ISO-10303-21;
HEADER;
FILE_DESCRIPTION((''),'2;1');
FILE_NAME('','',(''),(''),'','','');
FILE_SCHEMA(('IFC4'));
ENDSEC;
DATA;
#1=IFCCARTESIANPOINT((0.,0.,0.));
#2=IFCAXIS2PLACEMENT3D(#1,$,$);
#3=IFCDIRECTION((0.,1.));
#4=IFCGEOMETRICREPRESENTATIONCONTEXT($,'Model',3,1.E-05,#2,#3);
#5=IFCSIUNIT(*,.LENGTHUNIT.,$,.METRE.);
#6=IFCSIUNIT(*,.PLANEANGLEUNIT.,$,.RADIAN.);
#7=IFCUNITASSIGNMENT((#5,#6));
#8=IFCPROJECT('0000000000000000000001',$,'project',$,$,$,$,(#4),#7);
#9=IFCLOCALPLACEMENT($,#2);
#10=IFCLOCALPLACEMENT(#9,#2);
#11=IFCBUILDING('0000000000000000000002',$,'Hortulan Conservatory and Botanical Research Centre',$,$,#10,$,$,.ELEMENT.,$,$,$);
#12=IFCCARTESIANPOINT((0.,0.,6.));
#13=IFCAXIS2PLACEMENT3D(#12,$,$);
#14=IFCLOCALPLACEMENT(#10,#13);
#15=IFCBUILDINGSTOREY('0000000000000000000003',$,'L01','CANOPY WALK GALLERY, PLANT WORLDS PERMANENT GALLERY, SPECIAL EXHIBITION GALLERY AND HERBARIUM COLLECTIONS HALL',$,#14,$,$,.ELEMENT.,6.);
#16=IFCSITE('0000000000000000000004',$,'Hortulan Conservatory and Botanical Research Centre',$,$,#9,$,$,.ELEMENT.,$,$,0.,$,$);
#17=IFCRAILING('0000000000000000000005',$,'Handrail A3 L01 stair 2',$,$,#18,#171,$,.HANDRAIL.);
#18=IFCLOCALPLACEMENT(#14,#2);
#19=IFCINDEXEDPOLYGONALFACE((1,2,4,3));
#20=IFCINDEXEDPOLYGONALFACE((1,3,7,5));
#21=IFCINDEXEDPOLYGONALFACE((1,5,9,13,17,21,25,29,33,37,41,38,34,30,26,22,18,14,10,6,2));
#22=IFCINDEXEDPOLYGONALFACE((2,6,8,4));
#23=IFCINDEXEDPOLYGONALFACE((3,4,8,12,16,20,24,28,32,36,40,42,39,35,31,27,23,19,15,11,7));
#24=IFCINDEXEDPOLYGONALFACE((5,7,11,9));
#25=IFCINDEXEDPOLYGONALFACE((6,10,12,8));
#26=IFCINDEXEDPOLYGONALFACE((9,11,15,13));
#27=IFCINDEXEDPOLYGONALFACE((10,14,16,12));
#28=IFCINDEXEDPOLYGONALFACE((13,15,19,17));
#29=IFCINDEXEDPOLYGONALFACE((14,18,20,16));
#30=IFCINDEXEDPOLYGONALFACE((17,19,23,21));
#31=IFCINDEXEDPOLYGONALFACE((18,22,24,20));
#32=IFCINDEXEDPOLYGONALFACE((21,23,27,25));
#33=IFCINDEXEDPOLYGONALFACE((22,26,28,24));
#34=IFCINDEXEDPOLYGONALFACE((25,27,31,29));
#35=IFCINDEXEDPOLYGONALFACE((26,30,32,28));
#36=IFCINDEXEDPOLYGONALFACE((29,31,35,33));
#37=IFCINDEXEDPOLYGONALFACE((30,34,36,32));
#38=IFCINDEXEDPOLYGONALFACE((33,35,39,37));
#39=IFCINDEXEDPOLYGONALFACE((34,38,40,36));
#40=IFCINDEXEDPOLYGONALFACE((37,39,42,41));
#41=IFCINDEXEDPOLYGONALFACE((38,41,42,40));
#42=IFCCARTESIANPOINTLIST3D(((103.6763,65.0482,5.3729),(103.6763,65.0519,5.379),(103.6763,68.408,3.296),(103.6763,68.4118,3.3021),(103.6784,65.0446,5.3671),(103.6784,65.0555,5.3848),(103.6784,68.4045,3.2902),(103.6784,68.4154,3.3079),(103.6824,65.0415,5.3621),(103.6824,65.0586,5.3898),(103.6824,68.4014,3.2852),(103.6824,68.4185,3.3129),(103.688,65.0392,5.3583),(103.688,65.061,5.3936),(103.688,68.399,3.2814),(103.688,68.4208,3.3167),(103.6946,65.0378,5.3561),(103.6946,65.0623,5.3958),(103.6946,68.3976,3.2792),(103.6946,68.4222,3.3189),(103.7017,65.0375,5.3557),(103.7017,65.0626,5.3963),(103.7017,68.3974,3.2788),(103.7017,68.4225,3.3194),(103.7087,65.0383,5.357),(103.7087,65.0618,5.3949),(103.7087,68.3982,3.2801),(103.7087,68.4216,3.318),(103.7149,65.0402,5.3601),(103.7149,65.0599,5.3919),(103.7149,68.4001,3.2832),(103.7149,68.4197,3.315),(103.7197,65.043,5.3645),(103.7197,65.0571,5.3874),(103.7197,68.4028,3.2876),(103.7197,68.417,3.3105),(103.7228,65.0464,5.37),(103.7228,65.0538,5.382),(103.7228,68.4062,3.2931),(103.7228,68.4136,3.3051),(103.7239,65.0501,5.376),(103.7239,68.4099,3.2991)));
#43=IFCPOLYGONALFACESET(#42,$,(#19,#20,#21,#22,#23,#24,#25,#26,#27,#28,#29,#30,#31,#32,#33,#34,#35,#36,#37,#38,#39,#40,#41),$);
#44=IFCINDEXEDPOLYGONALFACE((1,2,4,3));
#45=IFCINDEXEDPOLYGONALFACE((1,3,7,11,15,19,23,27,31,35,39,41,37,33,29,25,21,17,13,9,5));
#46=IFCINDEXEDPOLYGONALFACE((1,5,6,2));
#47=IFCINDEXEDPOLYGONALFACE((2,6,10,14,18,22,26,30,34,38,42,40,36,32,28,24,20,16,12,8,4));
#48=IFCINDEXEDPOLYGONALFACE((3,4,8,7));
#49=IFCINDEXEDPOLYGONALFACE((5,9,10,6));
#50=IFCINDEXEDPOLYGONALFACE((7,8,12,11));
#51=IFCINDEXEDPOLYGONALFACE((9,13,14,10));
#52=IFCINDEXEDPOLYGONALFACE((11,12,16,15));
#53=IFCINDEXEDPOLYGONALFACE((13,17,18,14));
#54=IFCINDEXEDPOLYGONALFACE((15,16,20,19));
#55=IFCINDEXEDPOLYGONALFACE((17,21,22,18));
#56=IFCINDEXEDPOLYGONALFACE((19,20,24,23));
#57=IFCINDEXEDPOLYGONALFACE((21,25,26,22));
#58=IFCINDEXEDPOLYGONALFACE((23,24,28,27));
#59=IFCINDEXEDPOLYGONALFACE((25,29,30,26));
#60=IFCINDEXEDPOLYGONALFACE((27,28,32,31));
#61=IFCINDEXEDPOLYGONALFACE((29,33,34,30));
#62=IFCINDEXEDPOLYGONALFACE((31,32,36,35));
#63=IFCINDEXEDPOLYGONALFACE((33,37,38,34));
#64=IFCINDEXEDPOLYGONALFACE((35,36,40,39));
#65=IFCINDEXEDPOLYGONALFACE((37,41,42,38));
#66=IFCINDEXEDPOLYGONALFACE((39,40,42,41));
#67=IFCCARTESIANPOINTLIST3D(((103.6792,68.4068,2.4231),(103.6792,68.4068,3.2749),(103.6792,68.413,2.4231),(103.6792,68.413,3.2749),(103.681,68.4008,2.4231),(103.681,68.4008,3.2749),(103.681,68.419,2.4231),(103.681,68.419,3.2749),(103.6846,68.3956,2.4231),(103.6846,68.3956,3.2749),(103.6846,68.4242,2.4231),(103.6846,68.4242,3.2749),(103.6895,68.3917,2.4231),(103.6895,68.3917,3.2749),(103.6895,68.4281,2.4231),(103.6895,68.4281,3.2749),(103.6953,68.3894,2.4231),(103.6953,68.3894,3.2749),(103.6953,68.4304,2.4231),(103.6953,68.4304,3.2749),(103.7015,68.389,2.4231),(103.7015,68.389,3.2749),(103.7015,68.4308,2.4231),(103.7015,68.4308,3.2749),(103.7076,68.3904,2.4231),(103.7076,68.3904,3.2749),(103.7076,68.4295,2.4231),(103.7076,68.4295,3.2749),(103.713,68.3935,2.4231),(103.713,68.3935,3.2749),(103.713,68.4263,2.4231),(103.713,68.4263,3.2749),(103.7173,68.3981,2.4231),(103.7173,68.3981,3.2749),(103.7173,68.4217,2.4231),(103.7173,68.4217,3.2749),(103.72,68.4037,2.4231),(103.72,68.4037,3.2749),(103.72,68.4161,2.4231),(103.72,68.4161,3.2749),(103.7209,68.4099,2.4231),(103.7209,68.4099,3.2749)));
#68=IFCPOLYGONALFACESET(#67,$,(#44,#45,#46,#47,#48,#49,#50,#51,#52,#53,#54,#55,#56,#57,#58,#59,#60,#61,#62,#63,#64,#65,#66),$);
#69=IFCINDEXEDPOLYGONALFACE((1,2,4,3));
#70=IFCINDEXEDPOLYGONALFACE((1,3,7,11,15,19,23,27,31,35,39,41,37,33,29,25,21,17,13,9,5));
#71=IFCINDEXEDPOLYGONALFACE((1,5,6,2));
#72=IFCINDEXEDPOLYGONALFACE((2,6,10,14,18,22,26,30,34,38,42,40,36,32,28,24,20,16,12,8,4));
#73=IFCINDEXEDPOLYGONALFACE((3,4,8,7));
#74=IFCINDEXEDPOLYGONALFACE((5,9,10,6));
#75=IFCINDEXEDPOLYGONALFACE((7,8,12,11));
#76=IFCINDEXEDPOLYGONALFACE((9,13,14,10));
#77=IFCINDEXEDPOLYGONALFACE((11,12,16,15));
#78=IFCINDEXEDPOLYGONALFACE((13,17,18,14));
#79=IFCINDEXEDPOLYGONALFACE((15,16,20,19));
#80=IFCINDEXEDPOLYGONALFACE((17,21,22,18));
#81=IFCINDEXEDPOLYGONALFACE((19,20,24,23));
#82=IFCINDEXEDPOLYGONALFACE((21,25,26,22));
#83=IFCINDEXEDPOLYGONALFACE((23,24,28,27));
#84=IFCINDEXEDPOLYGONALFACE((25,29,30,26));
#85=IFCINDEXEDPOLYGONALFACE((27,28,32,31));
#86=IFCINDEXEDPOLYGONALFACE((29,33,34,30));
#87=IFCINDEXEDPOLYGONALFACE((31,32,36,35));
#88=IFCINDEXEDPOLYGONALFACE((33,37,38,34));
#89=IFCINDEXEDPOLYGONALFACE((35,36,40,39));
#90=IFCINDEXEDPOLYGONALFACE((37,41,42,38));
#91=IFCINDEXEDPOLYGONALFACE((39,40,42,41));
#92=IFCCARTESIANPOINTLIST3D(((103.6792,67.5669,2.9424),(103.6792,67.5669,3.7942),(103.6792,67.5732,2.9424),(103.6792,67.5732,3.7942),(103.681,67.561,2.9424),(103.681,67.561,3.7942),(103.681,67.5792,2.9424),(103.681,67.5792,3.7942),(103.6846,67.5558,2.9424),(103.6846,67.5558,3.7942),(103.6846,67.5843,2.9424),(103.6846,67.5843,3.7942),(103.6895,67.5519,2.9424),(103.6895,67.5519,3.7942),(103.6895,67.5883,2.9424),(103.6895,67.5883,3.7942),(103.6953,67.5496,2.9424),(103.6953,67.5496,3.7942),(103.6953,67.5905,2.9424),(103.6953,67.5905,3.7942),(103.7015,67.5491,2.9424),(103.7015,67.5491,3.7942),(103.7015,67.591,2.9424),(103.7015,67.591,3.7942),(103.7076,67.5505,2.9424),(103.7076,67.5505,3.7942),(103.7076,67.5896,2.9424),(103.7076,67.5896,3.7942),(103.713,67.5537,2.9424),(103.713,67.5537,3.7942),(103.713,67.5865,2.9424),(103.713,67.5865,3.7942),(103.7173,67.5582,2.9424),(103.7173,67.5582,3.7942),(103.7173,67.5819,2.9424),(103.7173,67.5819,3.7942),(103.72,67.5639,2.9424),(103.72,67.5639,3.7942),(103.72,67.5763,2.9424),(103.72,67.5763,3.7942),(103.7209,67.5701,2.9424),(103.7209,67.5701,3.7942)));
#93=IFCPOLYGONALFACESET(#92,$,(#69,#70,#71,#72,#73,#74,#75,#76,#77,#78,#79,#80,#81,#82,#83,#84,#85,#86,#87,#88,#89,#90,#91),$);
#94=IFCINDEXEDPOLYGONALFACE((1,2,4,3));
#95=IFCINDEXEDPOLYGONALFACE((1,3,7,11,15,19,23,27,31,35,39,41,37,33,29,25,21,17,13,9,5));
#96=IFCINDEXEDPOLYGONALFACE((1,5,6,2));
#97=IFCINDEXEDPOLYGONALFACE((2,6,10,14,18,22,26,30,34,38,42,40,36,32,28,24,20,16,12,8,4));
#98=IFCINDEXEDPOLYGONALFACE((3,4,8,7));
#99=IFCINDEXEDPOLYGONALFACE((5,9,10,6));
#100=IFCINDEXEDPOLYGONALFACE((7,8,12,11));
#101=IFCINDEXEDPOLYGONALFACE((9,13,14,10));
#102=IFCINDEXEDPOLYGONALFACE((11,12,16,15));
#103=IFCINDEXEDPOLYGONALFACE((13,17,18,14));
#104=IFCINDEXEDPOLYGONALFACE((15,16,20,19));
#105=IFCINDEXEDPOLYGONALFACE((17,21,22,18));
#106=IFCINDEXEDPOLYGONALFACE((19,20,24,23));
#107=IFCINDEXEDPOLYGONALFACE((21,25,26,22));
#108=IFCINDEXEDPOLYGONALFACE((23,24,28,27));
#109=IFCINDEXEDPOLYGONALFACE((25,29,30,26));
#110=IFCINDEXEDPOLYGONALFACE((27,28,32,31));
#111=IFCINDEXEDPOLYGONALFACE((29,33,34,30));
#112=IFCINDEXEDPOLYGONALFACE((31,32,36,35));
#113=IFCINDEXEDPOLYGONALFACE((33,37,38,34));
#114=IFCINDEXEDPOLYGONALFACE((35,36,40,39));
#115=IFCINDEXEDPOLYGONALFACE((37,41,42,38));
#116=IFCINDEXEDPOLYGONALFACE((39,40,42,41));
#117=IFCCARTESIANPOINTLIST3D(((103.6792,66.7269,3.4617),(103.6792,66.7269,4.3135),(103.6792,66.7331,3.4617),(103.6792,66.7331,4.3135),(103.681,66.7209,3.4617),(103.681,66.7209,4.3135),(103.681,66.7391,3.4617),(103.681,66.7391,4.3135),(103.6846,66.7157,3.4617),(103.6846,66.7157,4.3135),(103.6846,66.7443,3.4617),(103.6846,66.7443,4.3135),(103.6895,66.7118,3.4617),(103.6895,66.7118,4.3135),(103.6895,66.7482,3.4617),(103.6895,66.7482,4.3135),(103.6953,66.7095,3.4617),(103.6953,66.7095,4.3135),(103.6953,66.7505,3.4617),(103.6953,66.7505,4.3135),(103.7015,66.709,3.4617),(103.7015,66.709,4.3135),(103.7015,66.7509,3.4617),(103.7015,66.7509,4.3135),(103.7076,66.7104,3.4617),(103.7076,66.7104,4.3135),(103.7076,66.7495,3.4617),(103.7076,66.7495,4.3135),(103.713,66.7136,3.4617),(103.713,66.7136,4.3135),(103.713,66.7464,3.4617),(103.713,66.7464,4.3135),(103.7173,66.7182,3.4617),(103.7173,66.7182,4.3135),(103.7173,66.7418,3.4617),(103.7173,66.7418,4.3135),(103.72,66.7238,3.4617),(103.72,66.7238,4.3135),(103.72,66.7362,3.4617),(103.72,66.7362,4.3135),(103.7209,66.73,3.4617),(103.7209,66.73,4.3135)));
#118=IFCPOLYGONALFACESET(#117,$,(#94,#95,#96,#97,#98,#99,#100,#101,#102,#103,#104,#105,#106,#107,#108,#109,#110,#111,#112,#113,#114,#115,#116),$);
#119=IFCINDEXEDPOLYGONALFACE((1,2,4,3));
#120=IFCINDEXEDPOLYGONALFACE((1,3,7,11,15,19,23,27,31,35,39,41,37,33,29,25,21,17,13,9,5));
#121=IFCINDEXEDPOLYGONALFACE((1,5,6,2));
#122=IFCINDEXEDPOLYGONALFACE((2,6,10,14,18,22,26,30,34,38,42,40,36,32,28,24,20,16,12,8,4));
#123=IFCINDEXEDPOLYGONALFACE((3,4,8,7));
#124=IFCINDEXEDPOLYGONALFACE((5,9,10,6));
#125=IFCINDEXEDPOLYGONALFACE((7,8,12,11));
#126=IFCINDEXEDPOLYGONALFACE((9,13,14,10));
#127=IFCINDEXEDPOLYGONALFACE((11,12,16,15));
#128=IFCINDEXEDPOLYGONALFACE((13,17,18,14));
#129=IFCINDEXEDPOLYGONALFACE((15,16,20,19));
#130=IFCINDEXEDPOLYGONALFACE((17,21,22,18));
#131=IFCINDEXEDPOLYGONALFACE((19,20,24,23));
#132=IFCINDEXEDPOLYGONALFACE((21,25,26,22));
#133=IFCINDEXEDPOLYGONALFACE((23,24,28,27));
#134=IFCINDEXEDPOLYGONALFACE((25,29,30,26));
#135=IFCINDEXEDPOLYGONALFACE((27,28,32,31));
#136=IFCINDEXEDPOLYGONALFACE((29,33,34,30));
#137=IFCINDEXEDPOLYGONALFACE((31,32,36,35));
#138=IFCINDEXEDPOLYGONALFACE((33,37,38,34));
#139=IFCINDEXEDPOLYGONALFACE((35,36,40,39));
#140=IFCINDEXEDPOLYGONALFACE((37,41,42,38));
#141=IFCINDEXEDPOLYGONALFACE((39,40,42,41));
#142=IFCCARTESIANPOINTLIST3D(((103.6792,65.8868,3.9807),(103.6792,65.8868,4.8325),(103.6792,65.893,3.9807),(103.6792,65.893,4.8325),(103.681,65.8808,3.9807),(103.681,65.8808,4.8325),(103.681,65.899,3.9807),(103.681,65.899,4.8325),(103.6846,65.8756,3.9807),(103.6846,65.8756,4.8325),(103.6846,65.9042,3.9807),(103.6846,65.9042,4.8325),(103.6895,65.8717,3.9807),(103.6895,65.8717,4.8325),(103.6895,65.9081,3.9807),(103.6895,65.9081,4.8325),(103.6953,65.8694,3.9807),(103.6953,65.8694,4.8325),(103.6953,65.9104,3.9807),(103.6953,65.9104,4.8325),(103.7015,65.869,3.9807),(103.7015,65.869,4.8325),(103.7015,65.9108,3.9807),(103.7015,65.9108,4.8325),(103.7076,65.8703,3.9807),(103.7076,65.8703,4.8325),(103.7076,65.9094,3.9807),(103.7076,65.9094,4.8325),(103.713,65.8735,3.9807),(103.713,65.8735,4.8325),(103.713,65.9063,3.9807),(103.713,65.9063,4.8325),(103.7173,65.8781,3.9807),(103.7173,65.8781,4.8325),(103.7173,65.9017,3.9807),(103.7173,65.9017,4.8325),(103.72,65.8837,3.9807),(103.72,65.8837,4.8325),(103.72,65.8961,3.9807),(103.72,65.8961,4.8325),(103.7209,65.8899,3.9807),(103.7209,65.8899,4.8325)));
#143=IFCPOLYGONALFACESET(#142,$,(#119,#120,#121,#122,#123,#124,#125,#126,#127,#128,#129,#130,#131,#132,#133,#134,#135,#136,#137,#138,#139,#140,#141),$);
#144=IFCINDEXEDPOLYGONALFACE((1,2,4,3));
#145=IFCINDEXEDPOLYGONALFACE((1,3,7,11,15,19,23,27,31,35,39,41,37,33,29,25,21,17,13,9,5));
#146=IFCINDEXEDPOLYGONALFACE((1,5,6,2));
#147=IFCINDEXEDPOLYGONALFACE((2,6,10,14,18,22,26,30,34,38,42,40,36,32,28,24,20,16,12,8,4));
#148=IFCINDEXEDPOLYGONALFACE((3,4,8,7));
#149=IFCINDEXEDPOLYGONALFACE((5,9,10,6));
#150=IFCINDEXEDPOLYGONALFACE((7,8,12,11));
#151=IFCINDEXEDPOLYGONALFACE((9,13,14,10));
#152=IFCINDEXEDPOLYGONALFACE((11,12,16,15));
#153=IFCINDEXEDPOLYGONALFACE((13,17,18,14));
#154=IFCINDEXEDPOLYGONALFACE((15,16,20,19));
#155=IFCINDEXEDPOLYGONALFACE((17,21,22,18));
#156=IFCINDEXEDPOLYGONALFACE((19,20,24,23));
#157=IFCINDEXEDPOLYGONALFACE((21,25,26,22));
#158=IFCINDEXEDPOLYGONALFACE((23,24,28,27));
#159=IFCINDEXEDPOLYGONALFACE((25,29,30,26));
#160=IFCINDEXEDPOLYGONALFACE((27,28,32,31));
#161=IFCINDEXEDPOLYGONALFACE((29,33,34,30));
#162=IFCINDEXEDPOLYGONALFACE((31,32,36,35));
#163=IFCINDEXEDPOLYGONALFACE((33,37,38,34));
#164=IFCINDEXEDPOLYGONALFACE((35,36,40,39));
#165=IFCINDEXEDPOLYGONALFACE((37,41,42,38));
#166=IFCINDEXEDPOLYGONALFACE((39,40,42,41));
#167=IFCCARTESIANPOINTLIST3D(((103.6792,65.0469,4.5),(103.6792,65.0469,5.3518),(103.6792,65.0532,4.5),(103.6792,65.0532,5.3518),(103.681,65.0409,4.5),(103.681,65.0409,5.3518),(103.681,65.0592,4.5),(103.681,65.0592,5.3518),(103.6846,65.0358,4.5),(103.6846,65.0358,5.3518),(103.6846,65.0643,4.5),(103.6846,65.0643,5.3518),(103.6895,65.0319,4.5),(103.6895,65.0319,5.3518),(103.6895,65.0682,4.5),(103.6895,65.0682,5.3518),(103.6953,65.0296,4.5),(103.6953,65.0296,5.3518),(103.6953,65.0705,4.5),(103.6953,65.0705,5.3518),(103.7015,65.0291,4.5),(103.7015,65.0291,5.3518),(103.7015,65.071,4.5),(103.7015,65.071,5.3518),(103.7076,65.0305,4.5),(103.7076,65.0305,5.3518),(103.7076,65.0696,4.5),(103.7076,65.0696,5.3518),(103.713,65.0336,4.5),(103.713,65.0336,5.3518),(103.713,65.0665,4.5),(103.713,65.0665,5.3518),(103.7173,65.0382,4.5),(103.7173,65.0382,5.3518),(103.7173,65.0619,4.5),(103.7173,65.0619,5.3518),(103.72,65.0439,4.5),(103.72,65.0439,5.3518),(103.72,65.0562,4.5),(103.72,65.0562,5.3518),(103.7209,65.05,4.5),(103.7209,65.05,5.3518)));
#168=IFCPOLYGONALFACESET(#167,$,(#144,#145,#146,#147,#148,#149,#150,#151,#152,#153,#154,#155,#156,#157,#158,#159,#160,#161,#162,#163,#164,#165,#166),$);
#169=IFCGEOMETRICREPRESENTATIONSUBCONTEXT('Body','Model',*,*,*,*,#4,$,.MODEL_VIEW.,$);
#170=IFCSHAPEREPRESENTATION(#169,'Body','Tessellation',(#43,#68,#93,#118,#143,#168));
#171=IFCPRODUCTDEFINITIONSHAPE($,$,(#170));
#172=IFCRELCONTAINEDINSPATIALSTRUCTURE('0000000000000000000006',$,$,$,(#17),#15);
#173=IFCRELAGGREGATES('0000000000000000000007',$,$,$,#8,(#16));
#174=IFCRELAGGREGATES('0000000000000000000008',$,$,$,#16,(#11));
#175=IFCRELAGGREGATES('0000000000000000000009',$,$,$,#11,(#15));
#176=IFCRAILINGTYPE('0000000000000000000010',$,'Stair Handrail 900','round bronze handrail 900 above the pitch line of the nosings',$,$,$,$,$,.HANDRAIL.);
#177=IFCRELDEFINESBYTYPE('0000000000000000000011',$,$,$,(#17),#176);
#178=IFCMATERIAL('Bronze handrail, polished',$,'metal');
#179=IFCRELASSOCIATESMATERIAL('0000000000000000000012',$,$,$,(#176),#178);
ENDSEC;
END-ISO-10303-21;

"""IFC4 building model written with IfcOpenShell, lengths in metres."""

from ifc_helpers import new_model, si_unit, direction, frame, origin, origin_2d, place, context, subcontext, project, spatial, circle, extrude, material, type_object, element, save


model = new_model("IFC4")

# Units and contexts
model_context = context("Model", 3, precision=1e-05, world=origin(), true_north=direction((0.0, 1.0)))
body_context = subcontext(model_context, "Body", "Model", "MODEL_VIEW")
ifc_project = project(units=[si_unit("LENGTHUNIT", "METRE"), si_unit("PLANEANGLEUNIT", "RADIAN")], contexts=[model_context])

# Site, building, storey
site_placement = place(None, origin())
site = spatial("IfcSite", under=ifc_project, at=site_placement, Name="Hortulan Conservatory and Botanical Research Centre", CompositionType="ELEMENT", RefElevation=0.0)
building_placement = place(site_placement, origin())
building = spatial("IfcBuilding", under=site, at=building_placement, Name="Hortulan Conservatory and Botanical Research Centre", CompositionType="ELEMENT")
storey_placement = place(building_placement, frame((0.0, 0.0, 6.0)))
storey = spatial("IfcBuildingStorey", under=building, at=storey_placement, Name="L01", Description="CANOPY WALK GALLERY, PLANT WORLDS PERMANENT GALLERY, SPECIAL EXHIBITION GALLERY AND HERBARIUM COLLECTIONS HALL", CompositionType="ELEMENT", Elevation=6.0)

# Railing
ifc_material_1 = material(Name="Bronze handrail, polished", Category="metal")
railing_type_1 = type_object("IfcRailingType", Name="Stair Handrail 900", Description="round bronze handrail 900 above the pitch line of the nosings", PredefinedType="HANDRAIL", material=ifc_material_1)
railing_1_placement = place(storey_placement, frame((103.7, 68.4099, 2.4231)))
element("IfcRailing", 1, at=railing_1_placement, inside=storey, type_object=railing_type_1, Name="Handrail A3 L01 stair 2", PredefinedType="HANDRAIL", context=body_context, shape_type="SweptSolid", body=[
    extrude(circle(Radius=0.0239, at=origin_2d()), frame((0.0, 0.0, 0.876), z_axis=(0.0, -0.850606, 0.525803), x_axis=(1.0, 0.0, 0.0)), (0.0, 0.0, 1.0), 3.95),
    extrude(circle(Radius=0.021, at=origin_2d()), origin(), (0.0, 0.0, 1.0), 0.8518),
    extrude(circle(Radius=0.021, at=origin_2d()), frame((0.0, -0.8398, 0.5193)), (0.0, 0.0, 1.0), 0.8518),
    extrude(circle(Radius=0.021, at=origin_2d()), frame((0.0, -1.6799, 1.0386)), (0.0, 0.0, 1.0), 0.8518),
    extrude(circle(Radius=0.021, at=origin_2d()), frame((0.0, -2.52, 1.5576)), (0.0, 0.0, 1.0), 0.8518),
    extrude(circle(Radius=0.021, at=origin_2d()), frame((0.0, -3.3599, 2.0769)), (0.0, 0.0, 1.0), 0.8518),
])

save(model, "model.ifc")
